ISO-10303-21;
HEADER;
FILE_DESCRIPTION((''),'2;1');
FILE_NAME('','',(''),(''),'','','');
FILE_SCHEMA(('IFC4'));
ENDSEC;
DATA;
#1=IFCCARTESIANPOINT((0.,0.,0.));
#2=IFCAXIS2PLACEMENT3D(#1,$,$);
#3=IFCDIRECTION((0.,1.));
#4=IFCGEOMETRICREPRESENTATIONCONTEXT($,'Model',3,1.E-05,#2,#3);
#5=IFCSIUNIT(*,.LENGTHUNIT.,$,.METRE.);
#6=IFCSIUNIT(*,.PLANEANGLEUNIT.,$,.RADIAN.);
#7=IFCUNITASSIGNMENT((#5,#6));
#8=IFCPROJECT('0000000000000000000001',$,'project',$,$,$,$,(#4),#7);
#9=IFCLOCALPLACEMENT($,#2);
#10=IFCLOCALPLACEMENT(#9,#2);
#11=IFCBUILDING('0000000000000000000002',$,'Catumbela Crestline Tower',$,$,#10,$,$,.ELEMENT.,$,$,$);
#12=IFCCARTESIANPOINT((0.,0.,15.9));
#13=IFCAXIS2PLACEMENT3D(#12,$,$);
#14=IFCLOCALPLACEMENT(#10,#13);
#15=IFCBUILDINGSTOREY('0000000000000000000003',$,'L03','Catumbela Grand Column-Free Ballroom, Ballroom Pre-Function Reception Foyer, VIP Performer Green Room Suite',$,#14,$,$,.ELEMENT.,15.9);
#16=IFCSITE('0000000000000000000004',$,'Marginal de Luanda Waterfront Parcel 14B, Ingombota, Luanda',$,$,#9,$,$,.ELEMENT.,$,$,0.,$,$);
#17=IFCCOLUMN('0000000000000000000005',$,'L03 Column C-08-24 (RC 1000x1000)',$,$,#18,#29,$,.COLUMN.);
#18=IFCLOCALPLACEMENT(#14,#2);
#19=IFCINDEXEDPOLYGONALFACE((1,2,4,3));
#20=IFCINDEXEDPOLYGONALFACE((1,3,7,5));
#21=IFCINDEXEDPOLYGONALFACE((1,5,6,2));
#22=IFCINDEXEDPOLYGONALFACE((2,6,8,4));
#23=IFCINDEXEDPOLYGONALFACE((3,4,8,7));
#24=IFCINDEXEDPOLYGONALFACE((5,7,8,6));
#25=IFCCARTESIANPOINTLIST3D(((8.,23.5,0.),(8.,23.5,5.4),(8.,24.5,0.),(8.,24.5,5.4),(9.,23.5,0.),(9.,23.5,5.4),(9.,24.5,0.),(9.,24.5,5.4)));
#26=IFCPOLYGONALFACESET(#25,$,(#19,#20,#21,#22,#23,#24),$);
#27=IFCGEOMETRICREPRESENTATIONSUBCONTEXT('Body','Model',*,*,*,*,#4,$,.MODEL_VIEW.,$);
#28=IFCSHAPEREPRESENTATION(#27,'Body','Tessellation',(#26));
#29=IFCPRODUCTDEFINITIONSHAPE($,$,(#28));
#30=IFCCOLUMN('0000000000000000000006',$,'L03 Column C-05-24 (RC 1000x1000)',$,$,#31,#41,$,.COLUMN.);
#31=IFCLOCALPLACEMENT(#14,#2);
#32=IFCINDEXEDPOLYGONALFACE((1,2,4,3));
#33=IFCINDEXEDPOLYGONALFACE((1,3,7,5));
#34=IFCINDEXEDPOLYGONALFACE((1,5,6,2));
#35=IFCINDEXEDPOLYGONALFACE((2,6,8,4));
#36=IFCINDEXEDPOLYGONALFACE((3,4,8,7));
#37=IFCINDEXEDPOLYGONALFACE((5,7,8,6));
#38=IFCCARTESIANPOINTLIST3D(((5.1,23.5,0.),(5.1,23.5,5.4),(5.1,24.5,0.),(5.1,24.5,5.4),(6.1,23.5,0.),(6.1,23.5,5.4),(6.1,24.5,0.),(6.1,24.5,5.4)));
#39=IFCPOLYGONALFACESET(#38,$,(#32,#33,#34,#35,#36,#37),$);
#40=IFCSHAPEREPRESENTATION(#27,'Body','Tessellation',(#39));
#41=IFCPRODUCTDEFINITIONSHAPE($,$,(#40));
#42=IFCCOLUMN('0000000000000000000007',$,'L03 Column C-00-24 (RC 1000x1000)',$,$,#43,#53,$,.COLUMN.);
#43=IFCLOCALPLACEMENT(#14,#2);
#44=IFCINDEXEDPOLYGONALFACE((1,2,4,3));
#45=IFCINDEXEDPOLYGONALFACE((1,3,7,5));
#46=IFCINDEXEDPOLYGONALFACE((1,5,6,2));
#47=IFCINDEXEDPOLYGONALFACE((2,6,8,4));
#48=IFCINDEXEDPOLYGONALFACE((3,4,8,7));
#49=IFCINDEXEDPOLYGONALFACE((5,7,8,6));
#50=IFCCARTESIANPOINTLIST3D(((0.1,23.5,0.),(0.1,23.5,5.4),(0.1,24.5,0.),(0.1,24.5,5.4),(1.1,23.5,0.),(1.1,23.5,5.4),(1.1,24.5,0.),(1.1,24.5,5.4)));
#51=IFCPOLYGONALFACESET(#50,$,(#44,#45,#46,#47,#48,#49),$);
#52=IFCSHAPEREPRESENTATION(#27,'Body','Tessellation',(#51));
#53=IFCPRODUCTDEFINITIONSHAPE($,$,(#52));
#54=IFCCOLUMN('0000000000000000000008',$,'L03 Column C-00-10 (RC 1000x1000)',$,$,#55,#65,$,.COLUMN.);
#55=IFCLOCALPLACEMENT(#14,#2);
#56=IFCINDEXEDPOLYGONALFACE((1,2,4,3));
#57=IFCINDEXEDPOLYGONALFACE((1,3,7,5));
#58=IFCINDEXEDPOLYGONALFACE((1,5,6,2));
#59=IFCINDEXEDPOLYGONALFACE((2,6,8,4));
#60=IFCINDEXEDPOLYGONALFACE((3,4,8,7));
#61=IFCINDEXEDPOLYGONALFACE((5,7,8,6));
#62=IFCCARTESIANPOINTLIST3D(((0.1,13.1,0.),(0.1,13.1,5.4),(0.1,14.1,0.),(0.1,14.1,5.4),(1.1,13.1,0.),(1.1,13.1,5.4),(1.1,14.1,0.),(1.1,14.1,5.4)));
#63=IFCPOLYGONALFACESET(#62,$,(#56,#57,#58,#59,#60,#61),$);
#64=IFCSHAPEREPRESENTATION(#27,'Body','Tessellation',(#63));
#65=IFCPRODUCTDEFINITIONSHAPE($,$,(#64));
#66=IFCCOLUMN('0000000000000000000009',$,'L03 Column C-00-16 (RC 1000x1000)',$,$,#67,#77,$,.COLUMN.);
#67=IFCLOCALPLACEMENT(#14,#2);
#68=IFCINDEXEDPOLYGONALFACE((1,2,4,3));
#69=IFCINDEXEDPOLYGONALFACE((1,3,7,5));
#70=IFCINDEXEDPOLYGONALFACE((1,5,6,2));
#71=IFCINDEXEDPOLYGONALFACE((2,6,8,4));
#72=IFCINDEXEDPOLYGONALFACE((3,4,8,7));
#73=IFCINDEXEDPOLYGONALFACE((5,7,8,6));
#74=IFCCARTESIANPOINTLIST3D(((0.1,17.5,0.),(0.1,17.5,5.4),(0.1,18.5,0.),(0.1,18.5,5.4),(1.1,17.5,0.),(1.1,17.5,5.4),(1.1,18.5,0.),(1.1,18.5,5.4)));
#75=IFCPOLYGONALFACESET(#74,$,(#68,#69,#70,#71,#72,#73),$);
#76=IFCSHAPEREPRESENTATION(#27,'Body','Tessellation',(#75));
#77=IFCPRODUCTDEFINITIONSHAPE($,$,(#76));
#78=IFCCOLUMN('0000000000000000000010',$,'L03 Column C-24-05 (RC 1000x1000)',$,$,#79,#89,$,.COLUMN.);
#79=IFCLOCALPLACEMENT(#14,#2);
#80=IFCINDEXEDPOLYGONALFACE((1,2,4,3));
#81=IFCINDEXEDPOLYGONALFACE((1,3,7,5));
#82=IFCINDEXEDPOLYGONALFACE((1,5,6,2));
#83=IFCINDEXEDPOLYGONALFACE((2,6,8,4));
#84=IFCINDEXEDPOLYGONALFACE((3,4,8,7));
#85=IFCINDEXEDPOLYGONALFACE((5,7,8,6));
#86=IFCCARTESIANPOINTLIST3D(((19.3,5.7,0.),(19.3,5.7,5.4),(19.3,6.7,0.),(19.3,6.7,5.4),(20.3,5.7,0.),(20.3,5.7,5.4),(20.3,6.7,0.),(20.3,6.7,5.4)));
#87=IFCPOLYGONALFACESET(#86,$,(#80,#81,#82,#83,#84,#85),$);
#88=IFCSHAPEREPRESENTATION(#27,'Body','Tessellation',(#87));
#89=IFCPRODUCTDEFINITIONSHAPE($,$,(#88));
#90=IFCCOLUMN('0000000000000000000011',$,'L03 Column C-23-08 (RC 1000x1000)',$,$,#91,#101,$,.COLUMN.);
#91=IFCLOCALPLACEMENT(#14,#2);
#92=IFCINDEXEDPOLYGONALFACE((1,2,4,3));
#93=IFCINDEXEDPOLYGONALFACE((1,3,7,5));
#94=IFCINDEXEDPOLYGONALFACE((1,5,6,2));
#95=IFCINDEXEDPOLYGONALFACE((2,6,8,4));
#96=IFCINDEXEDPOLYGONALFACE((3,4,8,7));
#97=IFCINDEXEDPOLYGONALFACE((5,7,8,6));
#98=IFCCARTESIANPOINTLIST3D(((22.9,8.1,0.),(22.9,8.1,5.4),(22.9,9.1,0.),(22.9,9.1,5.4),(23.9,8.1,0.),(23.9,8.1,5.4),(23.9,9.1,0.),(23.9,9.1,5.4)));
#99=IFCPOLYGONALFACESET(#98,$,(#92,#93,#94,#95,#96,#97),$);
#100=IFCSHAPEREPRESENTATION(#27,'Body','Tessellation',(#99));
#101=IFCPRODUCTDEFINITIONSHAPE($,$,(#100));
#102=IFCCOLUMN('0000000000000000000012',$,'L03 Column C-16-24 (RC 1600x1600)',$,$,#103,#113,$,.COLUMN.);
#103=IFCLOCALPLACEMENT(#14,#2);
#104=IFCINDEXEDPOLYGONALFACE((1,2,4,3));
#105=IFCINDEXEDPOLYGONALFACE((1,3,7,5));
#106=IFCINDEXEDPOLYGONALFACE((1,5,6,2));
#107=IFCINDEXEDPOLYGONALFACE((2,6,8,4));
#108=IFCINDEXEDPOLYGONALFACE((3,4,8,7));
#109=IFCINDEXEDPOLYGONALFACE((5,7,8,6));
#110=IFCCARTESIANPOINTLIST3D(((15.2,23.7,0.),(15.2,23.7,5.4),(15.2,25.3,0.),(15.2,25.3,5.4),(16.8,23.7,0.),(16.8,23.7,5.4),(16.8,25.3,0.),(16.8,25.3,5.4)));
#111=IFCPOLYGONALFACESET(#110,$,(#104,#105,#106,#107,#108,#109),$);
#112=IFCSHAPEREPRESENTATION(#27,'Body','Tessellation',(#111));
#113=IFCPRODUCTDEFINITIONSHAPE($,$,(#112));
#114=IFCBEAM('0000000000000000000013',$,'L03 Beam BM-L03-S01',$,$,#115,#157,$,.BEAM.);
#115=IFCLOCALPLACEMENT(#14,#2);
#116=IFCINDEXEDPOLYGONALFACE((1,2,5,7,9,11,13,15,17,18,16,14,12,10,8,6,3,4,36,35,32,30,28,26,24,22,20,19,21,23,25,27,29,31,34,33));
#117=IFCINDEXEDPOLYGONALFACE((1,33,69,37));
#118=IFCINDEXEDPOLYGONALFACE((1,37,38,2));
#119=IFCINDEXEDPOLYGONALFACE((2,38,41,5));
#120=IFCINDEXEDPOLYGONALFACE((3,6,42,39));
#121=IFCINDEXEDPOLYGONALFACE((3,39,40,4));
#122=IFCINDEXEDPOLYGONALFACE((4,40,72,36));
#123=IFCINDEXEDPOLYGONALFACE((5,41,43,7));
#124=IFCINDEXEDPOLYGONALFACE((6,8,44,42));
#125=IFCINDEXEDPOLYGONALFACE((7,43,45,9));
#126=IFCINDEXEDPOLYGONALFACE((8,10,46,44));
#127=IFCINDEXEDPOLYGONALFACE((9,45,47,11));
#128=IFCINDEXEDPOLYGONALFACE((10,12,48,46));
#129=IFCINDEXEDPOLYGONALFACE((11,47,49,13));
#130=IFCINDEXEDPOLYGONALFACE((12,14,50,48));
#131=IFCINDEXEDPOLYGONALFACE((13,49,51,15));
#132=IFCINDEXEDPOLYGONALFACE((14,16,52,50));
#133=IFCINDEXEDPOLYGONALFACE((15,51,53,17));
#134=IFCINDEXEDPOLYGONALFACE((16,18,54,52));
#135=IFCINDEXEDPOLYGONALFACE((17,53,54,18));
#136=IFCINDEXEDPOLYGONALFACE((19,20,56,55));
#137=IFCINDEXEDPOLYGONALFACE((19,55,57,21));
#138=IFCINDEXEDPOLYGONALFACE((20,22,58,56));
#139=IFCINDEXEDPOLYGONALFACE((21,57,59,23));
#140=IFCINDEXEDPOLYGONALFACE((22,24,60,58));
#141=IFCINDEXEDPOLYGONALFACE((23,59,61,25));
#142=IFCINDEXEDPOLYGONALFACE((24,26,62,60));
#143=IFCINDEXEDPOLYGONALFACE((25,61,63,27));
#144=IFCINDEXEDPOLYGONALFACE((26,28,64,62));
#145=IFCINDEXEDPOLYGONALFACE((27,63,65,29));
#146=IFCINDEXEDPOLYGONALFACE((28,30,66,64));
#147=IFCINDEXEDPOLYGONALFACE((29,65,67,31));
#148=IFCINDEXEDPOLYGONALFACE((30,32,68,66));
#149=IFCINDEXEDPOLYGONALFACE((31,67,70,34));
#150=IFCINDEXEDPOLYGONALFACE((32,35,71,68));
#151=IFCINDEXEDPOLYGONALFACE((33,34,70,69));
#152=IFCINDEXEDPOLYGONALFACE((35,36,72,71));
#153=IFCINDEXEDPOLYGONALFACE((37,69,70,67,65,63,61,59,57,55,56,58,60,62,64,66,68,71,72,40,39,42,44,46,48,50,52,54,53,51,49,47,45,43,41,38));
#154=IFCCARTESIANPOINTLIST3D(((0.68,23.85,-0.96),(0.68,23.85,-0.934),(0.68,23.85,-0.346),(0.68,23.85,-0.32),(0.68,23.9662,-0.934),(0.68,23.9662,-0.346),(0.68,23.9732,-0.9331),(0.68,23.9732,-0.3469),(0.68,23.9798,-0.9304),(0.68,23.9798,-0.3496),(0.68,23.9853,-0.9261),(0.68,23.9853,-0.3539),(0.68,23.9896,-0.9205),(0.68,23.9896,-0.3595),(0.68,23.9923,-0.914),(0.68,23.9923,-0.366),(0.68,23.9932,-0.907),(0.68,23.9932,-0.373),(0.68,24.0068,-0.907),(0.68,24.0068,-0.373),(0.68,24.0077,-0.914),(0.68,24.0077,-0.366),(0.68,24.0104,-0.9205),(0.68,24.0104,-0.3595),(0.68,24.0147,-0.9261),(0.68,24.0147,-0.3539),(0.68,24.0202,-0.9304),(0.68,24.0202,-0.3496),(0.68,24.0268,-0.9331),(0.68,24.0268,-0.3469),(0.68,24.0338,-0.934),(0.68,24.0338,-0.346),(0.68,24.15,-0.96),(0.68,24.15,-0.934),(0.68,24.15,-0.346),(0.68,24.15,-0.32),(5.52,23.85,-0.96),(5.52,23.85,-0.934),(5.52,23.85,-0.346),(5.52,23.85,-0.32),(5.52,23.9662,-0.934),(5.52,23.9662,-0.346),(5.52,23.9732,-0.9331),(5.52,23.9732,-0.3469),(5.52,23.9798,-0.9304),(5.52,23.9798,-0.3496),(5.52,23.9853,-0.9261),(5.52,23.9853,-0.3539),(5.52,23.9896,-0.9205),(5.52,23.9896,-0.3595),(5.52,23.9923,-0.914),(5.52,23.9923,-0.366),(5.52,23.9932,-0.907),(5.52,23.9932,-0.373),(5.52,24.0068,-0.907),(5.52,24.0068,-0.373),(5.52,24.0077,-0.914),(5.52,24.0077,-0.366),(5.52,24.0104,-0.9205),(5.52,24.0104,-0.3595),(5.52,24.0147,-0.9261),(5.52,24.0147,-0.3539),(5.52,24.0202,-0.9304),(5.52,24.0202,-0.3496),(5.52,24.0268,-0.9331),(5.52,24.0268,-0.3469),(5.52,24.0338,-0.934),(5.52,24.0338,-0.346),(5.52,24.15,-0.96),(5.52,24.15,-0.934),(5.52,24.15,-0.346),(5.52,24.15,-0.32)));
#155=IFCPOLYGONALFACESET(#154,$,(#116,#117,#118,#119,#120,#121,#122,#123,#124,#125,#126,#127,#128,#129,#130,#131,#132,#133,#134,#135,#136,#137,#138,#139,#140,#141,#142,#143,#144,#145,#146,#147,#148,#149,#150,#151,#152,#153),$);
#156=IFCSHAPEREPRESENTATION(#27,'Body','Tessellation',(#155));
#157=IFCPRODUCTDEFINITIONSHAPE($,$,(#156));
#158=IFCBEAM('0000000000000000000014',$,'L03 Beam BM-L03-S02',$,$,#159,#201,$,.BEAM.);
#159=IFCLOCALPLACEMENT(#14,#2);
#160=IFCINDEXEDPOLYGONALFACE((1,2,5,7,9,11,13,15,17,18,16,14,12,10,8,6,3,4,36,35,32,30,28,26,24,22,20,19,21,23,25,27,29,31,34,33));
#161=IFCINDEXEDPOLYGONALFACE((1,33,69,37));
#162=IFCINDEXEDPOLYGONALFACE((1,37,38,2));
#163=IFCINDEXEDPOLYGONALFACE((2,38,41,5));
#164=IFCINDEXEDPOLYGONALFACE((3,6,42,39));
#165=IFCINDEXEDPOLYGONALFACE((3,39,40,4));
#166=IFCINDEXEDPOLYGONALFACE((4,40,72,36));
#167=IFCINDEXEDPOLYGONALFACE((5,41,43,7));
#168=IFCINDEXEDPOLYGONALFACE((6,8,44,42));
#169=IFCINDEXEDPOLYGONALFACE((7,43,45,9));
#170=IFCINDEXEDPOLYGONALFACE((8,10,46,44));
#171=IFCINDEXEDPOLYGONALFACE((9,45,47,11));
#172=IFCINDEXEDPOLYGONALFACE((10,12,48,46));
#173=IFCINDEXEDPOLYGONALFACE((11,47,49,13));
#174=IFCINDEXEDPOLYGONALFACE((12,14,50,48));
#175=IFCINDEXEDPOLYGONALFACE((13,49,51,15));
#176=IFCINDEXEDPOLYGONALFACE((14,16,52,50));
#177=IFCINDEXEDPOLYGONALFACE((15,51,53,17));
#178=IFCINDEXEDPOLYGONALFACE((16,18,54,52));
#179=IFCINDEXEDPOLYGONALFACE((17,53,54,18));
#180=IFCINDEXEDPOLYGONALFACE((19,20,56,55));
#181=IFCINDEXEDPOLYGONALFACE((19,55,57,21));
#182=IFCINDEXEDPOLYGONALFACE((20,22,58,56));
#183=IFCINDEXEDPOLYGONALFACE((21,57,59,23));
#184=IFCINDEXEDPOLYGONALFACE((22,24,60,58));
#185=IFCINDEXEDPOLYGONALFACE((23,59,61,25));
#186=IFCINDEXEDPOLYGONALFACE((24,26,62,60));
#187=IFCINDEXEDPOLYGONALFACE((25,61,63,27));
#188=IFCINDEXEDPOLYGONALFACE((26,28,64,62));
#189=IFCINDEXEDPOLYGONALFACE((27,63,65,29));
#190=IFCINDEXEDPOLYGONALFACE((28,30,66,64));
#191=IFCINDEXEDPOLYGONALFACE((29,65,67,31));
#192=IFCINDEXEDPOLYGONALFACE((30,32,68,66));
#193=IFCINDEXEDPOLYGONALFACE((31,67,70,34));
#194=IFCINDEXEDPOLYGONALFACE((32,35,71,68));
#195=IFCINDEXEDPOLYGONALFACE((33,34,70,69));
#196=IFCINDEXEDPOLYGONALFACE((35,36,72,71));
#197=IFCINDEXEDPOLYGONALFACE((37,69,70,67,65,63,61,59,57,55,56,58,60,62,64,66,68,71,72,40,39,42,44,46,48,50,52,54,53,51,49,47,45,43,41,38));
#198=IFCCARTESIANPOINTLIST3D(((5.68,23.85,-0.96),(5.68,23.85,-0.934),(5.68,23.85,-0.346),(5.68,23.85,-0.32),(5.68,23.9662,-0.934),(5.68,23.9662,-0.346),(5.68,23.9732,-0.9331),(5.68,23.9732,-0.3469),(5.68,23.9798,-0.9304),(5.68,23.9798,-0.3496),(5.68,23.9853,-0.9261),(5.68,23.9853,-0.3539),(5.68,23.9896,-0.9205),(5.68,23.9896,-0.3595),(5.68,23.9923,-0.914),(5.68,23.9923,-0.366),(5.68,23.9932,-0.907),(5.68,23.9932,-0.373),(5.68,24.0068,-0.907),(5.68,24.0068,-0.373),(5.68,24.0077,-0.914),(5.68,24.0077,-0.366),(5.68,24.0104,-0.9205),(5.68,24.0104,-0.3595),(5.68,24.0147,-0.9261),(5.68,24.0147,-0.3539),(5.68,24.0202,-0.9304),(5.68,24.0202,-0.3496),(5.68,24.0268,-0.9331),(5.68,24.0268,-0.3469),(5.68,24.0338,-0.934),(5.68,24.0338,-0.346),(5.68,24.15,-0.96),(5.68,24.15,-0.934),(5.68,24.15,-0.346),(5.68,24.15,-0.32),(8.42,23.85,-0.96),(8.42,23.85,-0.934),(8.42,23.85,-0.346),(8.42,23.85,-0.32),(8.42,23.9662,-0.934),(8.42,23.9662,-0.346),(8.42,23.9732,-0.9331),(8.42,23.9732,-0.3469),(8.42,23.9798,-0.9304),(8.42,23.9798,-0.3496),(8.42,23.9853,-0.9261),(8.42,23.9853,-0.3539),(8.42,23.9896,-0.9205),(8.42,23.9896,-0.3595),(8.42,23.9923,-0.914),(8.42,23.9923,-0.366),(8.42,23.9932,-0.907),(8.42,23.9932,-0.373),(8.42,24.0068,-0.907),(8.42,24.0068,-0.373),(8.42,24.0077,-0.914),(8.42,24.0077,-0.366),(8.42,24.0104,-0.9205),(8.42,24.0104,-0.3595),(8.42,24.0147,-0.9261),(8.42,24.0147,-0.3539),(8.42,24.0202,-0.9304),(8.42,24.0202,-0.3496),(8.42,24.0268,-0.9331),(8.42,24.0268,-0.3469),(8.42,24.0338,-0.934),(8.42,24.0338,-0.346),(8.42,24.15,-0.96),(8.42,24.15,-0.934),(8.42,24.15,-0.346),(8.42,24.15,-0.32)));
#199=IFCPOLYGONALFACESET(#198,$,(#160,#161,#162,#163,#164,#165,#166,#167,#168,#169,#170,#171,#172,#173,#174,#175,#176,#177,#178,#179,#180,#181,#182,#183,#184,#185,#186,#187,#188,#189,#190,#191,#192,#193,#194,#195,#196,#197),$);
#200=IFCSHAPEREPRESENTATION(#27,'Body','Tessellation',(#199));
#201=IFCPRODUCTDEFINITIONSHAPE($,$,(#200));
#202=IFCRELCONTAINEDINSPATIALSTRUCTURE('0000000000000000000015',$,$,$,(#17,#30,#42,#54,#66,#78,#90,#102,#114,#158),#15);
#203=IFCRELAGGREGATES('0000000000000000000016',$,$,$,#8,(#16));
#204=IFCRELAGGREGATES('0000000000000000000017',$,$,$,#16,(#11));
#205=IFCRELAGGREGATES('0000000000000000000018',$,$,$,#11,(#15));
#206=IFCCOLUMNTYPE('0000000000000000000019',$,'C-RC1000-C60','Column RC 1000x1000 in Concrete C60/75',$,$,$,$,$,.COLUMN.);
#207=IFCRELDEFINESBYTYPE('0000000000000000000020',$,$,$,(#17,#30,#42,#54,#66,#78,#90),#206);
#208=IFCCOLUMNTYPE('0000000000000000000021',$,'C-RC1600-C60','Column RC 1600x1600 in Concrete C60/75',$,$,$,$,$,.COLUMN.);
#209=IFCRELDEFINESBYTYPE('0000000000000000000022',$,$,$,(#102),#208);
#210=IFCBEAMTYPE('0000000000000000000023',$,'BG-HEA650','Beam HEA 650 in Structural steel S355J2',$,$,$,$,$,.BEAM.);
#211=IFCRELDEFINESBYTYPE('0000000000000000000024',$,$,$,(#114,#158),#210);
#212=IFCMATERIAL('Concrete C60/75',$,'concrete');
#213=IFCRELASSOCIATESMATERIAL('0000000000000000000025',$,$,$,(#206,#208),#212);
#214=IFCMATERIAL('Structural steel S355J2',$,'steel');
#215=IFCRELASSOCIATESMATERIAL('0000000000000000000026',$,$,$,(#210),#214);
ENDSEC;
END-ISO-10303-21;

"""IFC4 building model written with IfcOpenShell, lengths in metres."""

from ifc_helpers import new_model, si_unit, direction, frame, origin, origin_2d, place, context, subcontext, project, spatial, rectangle, i_section, extrude, material, material_profile, profile_set, type_object, element, save


model = new_model("IFC4")

# Units and contexts
model_context = context("Model", 3, precision=1e-05, world=origin(), true_north=direction((0.0, 1.0)))
body_context = subcontext(model_context, "Body", "Model", "MODEL_VIEW")
ifc_project = project(units=[si_unit("LENGTHUNIT", "METRE"), si_unit("PLANEANGLEUNIT", "RADIAN")], contexts=[model_context])

# Site, building, storey
site_placement = place(None, origin())
site = spatial("IfcSite", under=ifc_project, at=site_placement, Name="Marginal de Luanda Waterfront Parcel 14B, Ingombota, Luanda", CompositionType="ELEMENT", RefElevation=0.0)
building_placement = place(site_placement, origin())
building = spatial("IfcBuilding", under=site, at=building_placement, Name="Catumbela Crestline Tower", CompositionType="ELEMENT")
storey_placement = place(building_placement, frame((0.0, 0.0, 15.9)))
storey = spatial("IfcBuildingStorey", under=building, at=storey_placement, Name="L03", Description="Catumbela Grand Column-Free Ballroom, Ballroom Pre-Function Reception Foyer, VIP Performer Green Room Suite", CompositionType="ELEMENT", Elevation=15.9)

# Columns
ifc_material_1 = material(Name="Concrete C60/75", Category="concrete")
ifc_material_profile_1 = material_profile(ifc_material_1, rectangle(XDim=1.0, YDim=1.0, at=origin_2d()), Name="RC 1000x1000")
ifc_profile_set_1 = profile_set([ifc_material_profile_1], Name="Concrete C60/75")
column_type_1 = type_object("IfcColumnType", Name="C-RC1000-C60", Description="Column RC 1000x1000 in Concrete C60/75", PredefinedType="COLUMN", material=ifc_profile_set_1)
for number, where, z_axis, x_axis, name in (
    (1, (8.5, 24.0, 0.0), (0.0, 0.0, 1.0), (1.0, 0.0, 0.0), "L03 Column C-08-24 (RC 1000x1000)"),
    (2, (5.6, 24.0, 0.0), (0.0, 0.0, 1.0), (1.0, 0.0, 0.0), "L03 Column C-05-24 (RC 1000x1000)"),
    (3, (0.6, 24.0, 0.0), (0.0, 0.0, 1.0), (1.0, 0.0, 0.0), "L03 Column C-00-24 (RC 1000x1000)"),
    (4, (0.6, 13.6, 0.0), (0.0, 0.0, 1.0), (1.0, 0.0, 0.0), "L03 Column C-00-10 (RC 1000x1000)"),
    (5, (0.6, 18.0, 0.0), (0.0, 0.0, 1.0), (1.0, 0.0, 0.0), "L03 Column C-00-16 (RC 1000x1000)"),
    (6, (19.8, 6.2, 0.0), (0.0, 0.0, 1.0), (1.0, 0.0, 0.0), "L03 Column C-24-05 (RC 1000x1000)"),
    (7, (23.4, 8.6, 0.0), (0.0, 0.0, 1.0), (1.0, 0.0, 0.0), "L03 Column C-23-08 (RC 1000x1000)"),
):
    element("IfcColumn", number, at=place(storey_placement, frame(where, z_axis=z_axis, x_axis=x_axis)), inside=storey, type_object=column_type_1, Name=name, PredefinedType="COLUMN", context=body_context, shape_type="SweptSolid", body=[
        extrude(rectangle(XDim=1.0, YDim=1.0, at=origin_2d()), origin(), (0.0, 0.0, 1.0), 5.4),
    ])
ifc_material_profile_2 = material_profile(ifc_material_1, rectangle(XDim=1.6, YDim=1.6, at=origin_2d()), Name="RC 1600x1600")
ifc_profile_set_2 = profile_set([ifc_material_profile_2], Name="Concrete C60/75")
column_type_2 = type_object("IfcColumnType", Name="C-RC1600-C60", Description="Column RC 1600x1600 in Concrete C60/75", PredefinedType="COLUMN", material=ifc_profile_set_2)
column_placement = place(storey_placement, frame((16.0, 24.5, 0.0), z_axis=(0.0, 0.0, 1.0), x_axis=(1.0, 0.0, 0.0)))
element("IfcColumn", 8, at=column_placement, inside=storey, type_object=column_type_2, Name="L03 Column C-16-24 (RC 1600x1600)", PredefinedType="COLUMN", context=body_context, shape_type="SweptSolid", body=[
    extrude(rectangle(XDim=1.6, YDim=1.6, at=origin_2d()), origin(), (0.0, 0.0, 1.0), 5.4),
])

# Beams
ifc_material_2 = material(Name="Structural steel S355J2", Category="steel")
ifc_material_profile_3 = material_profile(ifc_material_2, i_section(OverallWidth=0.3, OverallDepth=0.64, WebThickness=0.0135, FlangeThickness=0.026, FilletRadius=0.027, at=origin_2d()), Name="HEA 650")
ifc_profile_set_3 = profile_set([ifc_material_profile_3], Name="Structural steel S355J2")
beam_type_1 = type_object("IfcBeamType", Name="BG-HEA650", Description="Beam HEA 650 in Structural steel S355J2", PredefinedType="BEAM", material=ifc_profile_set_3)
beam_1_placement = place(storey_placement, frame((0.68, 24.0, -0.64), z_axis=(1.0, 0.0, 0.0), x_axis=(0.0, 1.0, 0.0)))
element("IfcBeam", 9, at=beam_1_placement, inside=storey, type_object=beam_type_1, Name="L03 Beam BM-L03-S01", PredefinedType="BEAM", context=body_context, shape_type="SweptSolid", body=[
    extrude(i_section(OverallWidth=0.3, OverallDepth=0.64, WebThickness=0.0135, FlangeThickness=0.026, FilletRadius=0.027, at=origin_2d()), origin(), (0.0, 0.0, 1.0), 4.84),
])
beam_2_placement = place(storey_placement, frame((5.68, 24.0, -0.64), z_axis=(1.0, 0.0, 0.0), x_axis=(0.0, 1.0, 0.0)))
element("IfcBeam", 10, at=beam_2_placement, inside=storey, type_object=beam_type_1, Name="L03 Beam BM-L03-S02", PredefinedType="BEAM", context=body_context, shape_type="SweptSolid", body=[
    extrude(i_section(OverallWidth=0.3, OverallDepth=0.64, WebThickness=0.0135, FlangeThickness=0.026, FilletRadius=0.027, at=origin_2d()), origin(), (0.0, 0.0, 1.0), 2.74),
])

save(model, "model.ifc")
